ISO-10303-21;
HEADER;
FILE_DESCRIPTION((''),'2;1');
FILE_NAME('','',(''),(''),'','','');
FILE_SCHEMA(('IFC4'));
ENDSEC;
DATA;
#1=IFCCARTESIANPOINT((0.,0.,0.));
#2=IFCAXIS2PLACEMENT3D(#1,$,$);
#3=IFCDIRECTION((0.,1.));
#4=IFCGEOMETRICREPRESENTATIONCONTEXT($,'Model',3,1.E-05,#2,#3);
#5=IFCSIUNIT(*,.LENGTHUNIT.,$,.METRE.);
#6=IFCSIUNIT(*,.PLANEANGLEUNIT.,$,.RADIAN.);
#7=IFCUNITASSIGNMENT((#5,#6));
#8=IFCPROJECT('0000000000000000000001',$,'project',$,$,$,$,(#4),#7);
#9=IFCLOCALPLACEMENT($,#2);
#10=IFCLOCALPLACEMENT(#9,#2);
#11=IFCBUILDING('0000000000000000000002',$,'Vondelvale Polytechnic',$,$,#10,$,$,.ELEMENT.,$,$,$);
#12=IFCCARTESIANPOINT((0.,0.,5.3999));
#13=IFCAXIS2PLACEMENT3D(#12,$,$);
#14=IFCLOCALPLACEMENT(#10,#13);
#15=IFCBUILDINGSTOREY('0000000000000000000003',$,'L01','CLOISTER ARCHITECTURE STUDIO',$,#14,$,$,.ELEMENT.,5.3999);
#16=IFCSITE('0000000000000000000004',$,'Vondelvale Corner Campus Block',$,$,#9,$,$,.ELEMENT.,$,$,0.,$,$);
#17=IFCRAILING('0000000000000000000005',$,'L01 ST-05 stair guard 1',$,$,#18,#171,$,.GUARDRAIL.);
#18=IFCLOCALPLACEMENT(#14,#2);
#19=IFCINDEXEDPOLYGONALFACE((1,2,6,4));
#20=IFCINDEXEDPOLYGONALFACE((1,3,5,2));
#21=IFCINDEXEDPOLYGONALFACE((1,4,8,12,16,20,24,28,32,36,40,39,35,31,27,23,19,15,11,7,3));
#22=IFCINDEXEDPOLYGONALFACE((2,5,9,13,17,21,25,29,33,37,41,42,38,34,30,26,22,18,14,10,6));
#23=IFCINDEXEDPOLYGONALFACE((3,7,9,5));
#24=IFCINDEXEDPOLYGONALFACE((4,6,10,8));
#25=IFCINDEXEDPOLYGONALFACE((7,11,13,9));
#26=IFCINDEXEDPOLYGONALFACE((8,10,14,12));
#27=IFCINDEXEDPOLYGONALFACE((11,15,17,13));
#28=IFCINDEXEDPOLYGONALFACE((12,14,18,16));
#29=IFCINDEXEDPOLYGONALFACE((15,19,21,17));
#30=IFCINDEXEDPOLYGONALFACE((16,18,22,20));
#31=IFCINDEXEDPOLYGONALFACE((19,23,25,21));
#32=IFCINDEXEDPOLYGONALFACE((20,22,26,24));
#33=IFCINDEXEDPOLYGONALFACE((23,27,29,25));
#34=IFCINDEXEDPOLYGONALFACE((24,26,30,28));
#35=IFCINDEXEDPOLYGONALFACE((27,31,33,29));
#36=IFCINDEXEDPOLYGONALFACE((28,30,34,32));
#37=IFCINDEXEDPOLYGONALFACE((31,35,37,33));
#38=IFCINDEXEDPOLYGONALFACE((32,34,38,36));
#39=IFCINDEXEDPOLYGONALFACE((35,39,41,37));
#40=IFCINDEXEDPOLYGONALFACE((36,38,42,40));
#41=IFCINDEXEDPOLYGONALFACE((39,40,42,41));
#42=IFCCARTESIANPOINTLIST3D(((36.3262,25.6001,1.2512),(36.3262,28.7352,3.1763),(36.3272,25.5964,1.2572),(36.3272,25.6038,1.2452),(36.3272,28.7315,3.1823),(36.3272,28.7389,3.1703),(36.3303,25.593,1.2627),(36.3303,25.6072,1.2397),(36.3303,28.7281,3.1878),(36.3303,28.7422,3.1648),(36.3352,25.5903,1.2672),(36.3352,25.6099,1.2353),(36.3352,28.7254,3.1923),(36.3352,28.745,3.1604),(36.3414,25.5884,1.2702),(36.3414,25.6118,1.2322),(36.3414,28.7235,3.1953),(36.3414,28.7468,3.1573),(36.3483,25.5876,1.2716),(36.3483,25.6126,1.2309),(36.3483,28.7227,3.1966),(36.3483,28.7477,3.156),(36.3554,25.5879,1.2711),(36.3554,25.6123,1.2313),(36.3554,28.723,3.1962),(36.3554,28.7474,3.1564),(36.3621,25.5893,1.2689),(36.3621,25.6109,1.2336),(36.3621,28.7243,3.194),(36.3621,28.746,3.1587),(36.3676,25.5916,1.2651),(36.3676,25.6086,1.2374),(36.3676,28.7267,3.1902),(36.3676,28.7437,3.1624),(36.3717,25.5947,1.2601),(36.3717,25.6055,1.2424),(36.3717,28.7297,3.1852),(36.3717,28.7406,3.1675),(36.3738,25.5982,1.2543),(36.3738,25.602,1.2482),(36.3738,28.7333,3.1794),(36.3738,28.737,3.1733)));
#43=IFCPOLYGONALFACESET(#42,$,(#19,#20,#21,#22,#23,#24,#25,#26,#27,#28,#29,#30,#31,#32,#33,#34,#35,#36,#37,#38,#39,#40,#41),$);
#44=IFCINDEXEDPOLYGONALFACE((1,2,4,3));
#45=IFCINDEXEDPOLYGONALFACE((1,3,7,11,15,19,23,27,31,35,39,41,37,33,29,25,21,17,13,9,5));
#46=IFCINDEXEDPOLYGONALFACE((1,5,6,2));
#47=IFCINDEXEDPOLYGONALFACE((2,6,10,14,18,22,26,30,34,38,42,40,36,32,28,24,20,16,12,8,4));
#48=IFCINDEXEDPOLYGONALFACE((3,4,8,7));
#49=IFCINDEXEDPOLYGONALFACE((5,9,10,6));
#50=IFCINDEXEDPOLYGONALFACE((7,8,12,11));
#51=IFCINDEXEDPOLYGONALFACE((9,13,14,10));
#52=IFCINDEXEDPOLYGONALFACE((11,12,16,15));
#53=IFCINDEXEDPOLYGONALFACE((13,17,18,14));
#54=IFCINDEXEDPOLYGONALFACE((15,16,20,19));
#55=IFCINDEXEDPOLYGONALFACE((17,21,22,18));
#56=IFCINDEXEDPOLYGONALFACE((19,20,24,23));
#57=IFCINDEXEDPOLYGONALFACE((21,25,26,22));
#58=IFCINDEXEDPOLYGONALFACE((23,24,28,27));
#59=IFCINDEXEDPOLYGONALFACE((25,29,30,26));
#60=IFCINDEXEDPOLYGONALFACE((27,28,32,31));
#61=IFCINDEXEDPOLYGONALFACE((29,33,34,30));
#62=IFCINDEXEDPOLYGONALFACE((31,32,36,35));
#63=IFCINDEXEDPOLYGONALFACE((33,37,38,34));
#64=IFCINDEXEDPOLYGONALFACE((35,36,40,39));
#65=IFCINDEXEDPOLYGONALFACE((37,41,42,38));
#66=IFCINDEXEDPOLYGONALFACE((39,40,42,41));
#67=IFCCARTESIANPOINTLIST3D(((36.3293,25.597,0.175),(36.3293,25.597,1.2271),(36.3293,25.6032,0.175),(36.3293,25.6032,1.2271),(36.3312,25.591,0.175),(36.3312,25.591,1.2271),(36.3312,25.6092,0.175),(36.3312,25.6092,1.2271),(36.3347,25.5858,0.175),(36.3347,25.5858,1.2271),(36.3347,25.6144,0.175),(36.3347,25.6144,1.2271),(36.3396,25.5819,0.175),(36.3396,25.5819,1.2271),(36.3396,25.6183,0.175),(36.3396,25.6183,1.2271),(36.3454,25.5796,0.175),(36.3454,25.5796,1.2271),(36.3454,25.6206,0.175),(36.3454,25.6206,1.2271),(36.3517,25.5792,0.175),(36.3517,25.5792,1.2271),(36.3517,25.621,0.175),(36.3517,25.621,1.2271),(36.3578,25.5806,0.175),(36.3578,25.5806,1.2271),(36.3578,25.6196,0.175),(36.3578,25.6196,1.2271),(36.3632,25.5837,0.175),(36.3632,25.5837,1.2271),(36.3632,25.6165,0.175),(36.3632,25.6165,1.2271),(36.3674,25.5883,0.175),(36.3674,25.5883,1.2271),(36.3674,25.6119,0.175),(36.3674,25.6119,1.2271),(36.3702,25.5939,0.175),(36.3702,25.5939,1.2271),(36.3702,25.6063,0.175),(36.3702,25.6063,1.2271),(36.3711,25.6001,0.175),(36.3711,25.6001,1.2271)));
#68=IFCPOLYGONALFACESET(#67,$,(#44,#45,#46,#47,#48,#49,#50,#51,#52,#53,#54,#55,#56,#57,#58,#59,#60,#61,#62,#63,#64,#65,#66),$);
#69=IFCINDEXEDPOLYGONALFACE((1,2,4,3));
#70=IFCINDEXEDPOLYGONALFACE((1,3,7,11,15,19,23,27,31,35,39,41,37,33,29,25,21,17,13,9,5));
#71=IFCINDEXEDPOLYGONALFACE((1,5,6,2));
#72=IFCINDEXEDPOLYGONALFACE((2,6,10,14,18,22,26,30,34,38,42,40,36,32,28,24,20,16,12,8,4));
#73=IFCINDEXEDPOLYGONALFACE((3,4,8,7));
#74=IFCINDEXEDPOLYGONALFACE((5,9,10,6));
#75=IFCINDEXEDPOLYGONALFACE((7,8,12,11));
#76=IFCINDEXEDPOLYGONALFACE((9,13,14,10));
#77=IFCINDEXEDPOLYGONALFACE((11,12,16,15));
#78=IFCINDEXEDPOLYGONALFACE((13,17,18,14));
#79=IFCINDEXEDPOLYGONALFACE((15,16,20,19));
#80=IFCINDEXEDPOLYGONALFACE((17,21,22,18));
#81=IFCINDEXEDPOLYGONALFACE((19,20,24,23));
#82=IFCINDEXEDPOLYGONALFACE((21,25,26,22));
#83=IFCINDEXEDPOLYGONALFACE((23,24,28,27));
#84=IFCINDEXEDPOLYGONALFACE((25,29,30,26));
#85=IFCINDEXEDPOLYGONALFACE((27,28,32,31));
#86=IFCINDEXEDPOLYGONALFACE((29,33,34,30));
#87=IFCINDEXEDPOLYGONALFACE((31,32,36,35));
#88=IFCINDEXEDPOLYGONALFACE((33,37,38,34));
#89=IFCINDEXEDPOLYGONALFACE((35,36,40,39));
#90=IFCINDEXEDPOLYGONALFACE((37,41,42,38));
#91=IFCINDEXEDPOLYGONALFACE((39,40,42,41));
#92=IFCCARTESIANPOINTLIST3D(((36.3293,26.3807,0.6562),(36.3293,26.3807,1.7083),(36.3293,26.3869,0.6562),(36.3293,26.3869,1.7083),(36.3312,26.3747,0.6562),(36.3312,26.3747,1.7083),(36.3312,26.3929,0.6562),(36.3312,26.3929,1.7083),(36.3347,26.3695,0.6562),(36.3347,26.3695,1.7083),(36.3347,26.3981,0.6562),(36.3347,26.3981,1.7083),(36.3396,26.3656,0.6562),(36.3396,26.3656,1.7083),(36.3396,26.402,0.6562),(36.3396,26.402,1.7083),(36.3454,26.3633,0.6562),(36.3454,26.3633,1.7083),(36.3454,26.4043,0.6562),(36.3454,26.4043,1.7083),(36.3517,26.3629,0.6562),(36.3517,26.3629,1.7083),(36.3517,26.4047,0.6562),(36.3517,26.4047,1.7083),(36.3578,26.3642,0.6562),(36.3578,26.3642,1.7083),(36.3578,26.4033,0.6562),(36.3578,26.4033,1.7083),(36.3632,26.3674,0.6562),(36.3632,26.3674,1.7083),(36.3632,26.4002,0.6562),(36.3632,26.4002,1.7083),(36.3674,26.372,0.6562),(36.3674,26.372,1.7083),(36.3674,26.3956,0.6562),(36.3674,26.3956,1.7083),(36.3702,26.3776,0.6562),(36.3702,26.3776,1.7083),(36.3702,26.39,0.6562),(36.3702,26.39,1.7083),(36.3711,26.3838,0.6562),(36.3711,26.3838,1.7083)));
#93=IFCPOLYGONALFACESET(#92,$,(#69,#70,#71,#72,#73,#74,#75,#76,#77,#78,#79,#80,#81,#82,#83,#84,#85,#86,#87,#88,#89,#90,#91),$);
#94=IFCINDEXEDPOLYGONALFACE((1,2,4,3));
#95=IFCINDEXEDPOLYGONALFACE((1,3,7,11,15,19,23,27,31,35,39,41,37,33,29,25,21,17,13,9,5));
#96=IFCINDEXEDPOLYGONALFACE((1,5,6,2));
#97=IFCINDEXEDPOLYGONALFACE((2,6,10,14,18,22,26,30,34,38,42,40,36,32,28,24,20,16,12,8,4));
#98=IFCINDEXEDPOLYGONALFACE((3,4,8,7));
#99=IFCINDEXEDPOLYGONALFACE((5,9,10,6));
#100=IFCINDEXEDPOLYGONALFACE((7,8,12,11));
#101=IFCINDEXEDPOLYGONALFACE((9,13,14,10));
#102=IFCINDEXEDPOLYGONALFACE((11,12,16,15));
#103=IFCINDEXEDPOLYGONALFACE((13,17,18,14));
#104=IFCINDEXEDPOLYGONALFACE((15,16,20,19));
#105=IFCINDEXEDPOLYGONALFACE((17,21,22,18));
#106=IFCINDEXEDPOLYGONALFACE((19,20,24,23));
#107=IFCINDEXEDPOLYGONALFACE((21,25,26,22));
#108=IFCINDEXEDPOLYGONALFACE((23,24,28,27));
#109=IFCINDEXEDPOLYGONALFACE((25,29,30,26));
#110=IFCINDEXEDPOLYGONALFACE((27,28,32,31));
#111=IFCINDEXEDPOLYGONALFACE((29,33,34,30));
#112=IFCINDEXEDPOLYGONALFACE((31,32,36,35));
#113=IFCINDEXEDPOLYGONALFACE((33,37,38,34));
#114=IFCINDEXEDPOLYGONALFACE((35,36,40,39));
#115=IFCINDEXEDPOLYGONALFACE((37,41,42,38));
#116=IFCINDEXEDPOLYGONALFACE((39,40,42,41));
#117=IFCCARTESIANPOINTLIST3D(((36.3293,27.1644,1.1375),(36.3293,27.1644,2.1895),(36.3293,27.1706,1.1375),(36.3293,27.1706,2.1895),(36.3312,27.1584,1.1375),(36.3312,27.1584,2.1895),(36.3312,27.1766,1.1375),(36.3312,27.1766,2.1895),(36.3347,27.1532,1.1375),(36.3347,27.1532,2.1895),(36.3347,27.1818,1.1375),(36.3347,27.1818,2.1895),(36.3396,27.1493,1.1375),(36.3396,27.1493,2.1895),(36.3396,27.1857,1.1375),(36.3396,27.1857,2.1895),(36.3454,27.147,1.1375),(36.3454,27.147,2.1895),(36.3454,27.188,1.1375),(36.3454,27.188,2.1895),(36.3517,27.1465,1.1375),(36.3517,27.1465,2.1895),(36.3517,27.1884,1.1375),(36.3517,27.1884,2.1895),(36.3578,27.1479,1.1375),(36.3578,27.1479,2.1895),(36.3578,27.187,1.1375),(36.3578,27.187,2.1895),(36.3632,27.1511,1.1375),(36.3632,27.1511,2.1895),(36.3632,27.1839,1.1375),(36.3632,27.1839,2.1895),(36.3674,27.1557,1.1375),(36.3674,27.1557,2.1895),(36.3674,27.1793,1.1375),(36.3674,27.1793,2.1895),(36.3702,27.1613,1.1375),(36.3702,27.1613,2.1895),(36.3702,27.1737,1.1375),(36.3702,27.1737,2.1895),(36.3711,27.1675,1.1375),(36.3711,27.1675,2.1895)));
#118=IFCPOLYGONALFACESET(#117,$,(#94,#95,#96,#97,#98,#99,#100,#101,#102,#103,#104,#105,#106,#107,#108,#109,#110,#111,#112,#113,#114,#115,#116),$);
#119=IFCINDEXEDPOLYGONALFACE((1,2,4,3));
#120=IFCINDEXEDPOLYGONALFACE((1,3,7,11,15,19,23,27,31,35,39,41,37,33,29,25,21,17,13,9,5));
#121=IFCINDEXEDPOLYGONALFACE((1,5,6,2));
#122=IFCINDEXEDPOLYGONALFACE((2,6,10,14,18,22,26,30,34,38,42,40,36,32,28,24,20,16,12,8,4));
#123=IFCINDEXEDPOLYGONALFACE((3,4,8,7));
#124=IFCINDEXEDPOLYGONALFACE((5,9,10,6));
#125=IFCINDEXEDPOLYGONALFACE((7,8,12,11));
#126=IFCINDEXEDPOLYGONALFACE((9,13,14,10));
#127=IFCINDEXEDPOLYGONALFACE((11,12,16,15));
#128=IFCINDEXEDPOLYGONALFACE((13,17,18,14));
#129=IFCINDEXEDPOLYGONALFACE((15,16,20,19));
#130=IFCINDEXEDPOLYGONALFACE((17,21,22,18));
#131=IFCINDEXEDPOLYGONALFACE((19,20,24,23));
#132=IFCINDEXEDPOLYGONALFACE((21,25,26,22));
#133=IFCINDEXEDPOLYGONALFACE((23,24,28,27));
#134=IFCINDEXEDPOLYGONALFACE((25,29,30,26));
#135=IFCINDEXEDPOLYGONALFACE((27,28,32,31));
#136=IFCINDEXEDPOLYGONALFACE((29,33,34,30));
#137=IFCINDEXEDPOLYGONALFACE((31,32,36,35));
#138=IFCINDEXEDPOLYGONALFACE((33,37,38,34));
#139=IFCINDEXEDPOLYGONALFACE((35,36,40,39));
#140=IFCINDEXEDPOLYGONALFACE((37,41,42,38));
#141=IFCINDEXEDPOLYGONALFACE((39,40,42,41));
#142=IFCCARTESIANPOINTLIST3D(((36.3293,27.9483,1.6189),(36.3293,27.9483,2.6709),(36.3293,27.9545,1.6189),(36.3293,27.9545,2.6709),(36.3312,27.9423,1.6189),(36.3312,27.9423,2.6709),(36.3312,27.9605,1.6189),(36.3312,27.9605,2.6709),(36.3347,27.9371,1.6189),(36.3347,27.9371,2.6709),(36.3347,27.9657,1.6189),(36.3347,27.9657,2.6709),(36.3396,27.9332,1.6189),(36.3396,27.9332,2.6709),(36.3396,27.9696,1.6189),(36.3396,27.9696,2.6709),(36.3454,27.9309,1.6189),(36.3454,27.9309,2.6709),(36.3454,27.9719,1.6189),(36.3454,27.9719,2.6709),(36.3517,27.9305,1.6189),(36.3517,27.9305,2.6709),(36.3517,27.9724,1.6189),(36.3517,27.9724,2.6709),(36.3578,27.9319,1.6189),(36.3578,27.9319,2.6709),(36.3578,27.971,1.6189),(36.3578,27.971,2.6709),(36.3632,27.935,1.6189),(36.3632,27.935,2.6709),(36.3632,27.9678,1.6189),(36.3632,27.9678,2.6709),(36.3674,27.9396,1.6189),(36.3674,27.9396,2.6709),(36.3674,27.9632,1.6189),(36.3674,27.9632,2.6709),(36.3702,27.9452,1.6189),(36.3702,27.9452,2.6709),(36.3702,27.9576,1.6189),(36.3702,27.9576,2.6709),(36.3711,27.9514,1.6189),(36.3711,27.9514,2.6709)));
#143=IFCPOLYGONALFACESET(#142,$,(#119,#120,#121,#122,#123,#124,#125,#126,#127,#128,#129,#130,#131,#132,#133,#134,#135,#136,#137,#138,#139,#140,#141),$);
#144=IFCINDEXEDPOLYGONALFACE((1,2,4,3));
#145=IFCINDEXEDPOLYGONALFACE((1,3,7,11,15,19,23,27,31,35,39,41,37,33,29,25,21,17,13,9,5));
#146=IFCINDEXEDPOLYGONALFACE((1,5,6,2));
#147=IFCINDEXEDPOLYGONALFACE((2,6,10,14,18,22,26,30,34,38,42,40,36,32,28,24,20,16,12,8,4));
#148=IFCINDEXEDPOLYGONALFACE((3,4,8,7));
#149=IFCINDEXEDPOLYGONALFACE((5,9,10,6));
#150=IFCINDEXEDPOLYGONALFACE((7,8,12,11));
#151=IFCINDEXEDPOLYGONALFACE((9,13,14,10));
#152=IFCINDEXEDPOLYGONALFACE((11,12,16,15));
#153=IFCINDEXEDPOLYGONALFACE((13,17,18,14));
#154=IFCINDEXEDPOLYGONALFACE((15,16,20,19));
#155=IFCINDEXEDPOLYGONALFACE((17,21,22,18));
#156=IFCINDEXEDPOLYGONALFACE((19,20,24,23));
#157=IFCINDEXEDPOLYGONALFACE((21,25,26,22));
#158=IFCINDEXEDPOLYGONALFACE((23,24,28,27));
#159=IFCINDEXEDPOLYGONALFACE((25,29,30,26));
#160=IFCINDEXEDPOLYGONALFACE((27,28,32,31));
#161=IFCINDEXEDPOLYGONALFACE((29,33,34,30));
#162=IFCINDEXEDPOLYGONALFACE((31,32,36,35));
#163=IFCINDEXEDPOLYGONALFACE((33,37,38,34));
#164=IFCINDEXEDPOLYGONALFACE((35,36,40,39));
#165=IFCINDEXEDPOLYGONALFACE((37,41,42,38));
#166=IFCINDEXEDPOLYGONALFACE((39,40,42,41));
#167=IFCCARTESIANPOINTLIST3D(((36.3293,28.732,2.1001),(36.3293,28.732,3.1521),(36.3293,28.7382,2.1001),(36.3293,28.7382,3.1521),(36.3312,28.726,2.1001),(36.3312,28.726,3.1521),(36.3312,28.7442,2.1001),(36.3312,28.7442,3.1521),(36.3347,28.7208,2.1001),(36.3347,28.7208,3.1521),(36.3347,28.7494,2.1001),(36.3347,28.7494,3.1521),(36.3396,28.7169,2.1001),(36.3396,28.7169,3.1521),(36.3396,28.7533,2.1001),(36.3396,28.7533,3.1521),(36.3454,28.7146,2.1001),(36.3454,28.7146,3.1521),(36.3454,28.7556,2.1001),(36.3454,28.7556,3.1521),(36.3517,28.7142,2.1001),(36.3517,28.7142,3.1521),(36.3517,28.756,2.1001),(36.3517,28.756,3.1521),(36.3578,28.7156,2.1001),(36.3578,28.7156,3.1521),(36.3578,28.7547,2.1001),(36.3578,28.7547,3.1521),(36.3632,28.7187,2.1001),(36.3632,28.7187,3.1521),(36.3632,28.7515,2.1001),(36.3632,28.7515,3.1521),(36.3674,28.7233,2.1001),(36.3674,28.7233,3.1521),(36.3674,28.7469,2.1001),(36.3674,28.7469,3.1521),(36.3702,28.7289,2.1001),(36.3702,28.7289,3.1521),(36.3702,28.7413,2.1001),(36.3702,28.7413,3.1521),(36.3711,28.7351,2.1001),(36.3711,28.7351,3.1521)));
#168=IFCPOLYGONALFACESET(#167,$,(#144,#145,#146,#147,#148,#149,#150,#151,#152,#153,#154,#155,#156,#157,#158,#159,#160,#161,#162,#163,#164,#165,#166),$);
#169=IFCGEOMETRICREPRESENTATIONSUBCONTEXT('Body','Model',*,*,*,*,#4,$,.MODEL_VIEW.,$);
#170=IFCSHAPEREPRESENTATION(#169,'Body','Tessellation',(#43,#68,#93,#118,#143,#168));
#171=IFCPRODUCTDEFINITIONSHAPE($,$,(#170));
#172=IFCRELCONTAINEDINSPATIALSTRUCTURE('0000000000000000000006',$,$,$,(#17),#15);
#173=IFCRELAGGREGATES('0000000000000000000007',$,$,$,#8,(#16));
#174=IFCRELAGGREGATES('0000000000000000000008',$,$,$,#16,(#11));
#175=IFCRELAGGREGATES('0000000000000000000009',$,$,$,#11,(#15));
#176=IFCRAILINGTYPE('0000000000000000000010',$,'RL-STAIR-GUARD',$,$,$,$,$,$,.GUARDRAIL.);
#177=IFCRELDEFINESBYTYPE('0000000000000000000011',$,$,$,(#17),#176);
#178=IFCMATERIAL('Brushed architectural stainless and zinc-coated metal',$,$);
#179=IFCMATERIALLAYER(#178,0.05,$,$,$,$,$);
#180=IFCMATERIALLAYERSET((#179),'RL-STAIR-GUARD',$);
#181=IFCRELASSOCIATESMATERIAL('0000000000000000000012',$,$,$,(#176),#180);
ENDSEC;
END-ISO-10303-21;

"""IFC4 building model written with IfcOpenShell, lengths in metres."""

from ifc_helpers import new_model, si_unit, direction, frame, origin, origin_2d, place, context, subcontext, project, spatial, circle, extrude, material, layer, layer_set, type_object, element, save


model = new_model("IFC4")

# Units and contexts
model_context = context("Model", 3, precision=1e-05, world=origin(), true_north=direction((0.0, 1.0)))
body_context = subcontext(model_context, "Body", "Model", "MODEL_VIEW")
ifc_project = project(units=[si_unit("LENGTHUNIT", "METRE"), si_unit("PLANEANGLEUNIT", "RADIAN")], contexts=[model_context])

# Site, building, storey
site_placement = place(None, origin())
site = spatial("IfcSite", under=ifc_project, at=site_placement, Name="Vondelvale Corner Campus Block", CompositionType="ELEMENT", RefElevation=0.0)
building_placement = place(site_placement, origin())
building = spatial("IfcBuilding", under=site, at=building_placement, Name="Vondelvale Polytechnic", CompositionType="ELEMENT")
storey_placement = place(building_placement, frame((0.0, 0.0, 5.3999)))
storey = spatial("IfcBuildingStorey", under=building, at=storey_placement, Name="L01", Description="CLOISTER ARCHITECTURE STUDIO", CompositionType="ELEMENT", Elevation=5.3999)

# Shared definitions
ifc_material_1 = material(Name="Brushed architectural stainless and zinc-coated metal")

# Railing
ifc_layer_1 = layer(ifc_material_1, 0.05)
ifc_layer_set_1 = layer_set([ifc_layer_1], Name="RL-STAIR-GUARD")
railing_type_1 = type_object("IfcRailingType", Name="RL-STAIR-GUARD", PredefinedType="GUARDRAIL", material=ifc_layer_set_1)
railing_1_placement = place(storey_placement, frame((36.3501, 25.6001, 0.175)))
element("IfcRailing", 1, at=railing_1_placement, inside=storey, type_object=railing_type_1, Name="L01 ST-05 stair guard 1", PredefinedType="GUARDRAIL", context=body_context, shape_type="SweptSolid", body=[
    extrude(circle(Radius=0.0239, at=origin_2d()), frame((0.0, 0.0, 1.0762), z_axis=(0.0, 0.852166, 0.523271), x_axis=(-1.0, 0.0, 0.0)), (0.0, 0.0, 1.0), 3.679),
    extrude(circle(Radius=0.021, at=origin_2d()), origin(), (0.0, 0.0, 1.0), 1.052),
    extrude(circle(Radius=0.021, at=origin_2d()), frame((0.0, 0.7837, 0.4812)), (0.0, 0.0, 1.0), 1.052),
    extrude(circle(Radius=0.021, at=origin_2d()), frame((0.0, 1.5674, 0.9624)), (0.0, 0.0, 1.0), 1.052),
    extrude(circle(Radius=0.021, at=origin_2d()), frame((0.0, 2.3513, 1.4438)), (0.0, 0.0, 1.0), 1.052),
    extrude(circle(Radius=0.021, at=origin_2d()), frame((0.0, 3.135, 1.925)), (0.0, 0.0, 1.0), 1.052),
])

save(model, "model.ifc")
